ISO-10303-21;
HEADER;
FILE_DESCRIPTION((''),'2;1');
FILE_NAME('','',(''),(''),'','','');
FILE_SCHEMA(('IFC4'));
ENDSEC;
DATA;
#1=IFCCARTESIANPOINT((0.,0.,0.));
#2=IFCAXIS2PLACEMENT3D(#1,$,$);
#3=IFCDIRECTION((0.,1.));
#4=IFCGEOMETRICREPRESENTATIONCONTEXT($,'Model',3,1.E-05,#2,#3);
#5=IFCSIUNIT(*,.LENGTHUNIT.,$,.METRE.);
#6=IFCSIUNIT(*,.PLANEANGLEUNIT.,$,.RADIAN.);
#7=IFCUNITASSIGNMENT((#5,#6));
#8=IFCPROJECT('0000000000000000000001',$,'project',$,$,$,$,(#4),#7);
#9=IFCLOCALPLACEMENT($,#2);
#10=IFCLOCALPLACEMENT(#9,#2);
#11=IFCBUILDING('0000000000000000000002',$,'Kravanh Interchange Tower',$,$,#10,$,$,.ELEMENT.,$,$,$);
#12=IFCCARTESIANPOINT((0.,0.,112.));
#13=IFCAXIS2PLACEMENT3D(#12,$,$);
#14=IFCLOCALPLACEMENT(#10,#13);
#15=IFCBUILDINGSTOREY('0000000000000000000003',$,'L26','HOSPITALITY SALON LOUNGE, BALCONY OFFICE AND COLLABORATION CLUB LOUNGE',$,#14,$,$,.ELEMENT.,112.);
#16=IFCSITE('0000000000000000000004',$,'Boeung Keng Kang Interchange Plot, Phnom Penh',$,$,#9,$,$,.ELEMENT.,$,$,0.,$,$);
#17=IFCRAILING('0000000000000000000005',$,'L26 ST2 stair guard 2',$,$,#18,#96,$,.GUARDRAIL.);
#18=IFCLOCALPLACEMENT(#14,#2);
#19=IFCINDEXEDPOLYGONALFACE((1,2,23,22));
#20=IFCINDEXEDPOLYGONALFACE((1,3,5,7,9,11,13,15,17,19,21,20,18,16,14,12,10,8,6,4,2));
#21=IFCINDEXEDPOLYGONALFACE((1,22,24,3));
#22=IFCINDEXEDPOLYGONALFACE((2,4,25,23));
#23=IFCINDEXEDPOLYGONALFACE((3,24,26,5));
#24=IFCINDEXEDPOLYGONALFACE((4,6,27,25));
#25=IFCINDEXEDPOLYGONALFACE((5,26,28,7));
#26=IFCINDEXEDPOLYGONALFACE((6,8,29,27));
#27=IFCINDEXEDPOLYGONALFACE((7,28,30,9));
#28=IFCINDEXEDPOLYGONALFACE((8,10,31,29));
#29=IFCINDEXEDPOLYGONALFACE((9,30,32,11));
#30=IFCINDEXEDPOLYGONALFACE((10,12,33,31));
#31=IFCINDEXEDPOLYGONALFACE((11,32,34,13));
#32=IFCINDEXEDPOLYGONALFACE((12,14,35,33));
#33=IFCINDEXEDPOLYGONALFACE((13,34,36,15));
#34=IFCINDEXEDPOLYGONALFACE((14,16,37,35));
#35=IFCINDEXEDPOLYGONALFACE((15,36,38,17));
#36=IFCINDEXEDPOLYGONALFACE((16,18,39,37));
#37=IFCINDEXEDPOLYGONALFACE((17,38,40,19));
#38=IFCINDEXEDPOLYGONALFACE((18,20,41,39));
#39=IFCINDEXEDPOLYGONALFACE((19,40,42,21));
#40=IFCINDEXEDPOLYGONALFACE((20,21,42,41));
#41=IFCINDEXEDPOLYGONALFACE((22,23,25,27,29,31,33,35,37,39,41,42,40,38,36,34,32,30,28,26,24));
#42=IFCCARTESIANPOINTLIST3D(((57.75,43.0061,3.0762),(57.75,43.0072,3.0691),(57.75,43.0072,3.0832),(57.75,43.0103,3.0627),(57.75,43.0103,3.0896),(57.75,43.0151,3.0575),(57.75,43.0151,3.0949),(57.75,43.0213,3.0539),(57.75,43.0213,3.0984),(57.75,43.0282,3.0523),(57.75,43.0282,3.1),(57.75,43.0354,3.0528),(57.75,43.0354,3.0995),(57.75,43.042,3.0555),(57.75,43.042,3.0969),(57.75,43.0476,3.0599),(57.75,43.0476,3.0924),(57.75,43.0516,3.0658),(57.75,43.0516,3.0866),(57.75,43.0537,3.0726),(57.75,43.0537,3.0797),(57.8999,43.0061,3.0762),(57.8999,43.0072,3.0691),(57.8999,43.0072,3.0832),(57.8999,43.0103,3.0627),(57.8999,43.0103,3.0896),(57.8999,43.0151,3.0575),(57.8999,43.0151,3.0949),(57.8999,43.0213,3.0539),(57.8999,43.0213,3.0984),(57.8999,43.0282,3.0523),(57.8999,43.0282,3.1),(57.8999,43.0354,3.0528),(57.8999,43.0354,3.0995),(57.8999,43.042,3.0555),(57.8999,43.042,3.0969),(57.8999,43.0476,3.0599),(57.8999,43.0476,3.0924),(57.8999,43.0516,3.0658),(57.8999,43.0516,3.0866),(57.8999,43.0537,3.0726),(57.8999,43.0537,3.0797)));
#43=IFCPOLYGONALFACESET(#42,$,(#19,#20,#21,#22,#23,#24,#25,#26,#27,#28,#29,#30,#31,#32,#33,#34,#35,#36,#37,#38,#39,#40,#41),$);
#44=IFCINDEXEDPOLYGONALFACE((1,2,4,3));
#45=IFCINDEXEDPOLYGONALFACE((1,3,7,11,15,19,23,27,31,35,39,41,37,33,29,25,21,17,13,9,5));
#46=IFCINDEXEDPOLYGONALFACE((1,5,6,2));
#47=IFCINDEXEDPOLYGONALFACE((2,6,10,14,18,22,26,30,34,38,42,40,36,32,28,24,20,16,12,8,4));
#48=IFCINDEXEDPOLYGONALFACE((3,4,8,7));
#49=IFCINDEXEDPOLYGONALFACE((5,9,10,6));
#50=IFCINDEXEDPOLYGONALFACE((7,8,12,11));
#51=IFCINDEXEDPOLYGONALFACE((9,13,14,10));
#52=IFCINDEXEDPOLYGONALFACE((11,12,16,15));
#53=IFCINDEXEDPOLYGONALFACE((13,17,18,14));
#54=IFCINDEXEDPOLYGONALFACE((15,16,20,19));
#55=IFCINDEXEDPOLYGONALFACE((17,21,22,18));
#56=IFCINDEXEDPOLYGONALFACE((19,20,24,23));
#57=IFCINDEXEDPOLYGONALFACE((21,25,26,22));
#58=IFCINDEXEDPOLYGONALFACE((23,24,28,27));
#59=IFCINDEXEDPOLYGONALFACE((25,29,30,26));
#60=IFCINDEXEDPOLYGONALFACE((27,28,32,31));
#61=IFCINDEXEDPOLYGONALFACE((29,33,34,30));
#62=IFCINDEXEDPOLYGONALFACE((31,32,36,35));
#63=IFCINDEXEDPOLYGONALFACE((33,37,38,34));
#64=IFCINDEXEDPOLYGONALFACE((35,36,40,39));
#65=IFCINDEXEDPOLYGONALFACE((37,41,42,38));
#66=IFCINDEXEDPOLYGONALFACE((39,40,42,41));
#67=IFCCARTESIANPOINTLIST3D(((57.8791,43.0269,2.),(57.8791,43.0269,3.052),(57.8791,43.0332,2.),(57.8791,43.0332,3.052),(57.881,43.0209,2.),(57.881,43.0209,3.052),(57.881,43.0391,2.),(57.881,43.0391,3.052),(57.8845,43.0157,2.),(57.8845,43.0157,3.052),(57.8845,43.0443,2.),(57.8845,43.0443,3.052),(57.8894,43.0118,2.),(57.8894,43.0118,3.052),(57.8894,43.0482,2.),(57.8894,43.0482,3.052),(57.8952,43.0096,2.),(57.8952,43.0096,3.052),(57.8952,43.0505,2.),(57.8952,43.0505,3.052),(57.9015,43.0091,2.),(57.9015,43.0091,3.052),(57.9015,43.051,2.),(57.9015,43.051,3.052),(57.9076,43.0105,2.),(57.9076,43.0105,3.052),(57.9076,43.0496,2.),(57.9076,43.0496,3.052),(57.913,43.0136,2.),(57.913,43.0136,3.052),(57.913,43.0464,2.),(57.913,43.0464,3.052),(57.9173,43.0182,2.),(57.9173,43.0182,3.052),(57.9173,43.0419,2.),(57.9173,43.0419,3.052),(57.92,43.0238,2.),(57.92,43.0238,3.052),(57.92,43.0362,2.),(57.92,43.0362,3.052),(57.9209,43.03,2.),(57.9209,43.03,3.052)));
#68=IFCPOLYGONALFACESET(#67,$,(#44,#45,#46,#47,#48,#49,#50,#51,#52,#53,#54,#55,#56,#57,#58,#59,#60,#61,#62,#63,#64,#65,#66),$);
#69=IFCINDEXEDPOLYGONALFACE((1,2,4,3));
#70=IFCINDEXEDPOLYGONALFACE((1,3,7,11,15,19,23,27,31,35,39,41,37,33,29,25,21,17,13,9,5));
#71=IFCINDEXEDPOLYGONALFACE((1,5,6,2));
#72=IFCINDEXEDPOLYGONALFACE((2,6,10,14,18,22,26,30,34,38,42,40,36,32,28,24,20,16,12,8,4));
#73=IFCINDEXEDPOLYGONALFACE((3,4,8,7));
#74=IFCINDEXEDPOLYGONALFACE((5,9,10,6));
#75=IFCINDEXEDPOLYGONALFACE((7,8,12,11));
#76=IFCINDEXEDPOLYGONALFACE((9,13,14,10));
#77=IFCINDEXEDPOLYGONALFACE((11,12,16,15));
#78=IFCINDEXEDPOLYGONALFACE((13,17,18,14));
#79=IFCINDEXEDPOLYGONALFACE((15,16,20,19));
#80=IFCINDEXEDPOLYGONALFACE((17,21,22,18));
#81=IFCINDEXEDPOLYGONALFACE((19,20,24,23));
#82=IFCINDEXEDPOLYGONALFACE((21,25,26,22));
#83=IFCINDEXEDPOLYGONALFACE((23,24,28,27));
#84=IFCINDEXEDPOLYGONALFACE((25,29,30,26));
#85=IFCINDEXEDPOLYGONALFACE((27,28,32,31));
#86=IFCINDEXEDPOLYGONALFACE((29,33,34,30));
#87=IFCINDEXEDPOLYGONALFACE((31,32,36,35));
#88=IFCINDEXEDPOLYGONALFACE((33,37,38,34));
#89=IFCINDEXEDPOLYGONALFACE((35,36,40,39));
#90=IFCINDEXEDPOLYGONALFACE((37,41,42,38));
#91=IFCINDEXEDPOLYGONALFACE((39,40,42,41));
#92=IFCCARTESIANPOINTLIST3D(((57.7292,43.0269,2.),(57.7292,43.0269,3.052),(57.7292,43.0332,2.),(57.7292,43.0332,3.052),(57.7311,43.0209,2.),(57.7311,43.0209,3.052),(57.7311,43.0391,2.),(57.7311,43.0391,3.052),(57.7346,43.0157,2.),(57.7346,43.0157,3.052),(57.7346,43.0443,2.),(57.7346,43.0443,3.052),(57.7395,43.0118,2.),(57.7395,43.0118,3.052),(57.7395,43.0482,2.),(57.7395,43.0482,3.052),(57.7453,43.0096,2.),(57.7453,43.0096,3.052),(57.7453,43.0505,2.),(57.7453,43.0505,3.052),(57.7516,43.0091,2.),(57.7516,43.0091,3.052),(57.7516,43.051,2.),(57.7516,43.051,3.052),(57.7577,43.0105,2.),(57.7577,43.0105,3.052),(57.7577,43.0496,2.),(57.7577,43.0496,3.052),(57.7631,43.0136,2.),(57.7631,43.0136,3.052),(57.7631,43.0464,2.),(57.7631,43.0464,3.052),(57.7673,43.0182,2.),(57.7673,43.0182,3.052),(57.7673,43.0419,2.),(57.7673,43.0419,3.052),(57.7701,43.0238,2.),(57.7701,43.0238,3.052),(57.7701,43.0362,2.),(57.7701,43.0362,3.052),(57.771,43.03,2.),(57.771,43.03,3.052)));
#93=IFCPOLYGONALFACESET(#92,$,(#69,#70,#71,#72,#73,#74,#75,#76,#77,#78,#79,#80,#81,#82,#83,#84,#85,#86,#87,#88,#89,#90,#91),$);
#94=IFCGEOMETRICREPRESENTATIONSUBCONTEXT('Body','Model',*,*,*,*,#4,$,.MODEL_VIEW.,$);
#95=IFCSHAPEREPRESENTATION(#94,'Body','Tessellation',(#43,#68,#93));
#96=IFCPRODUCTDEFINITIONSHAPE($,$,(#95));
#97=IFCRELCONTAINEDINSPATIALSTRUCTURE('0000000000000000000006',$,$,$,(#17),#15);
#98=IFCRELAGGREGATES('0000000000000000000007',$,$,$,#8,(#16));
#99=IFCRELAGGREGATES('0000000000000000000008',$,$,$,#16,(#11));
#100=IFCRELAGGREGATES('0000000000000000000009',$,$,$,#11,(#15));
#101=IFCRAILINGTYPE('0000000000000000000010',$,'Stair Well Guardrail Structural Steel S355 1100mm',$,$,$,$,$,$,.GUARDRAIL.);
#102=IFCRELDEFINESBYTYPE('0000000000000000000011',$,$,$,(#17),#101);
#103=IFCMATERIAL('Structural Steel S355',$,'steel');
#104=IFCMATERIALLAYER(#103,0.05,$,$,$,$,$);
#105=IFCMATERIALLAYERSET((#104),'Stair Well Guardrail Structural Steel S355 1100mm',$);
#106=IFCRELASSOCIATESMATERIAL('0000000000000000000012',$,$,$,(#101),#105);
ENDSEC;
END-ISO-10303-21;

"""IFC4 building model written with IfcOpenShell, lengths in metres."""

from ifc_helpers import new_model, si_unit, direction, frame, origin, origin_2d, place, context, subcontext, project, spatial, circle, extrude, material, layer, layer_set, type_object, element, save


model = new_model("IFC4")

# Units and contexts
model_context = context("Model", 3, precision=1e-05, world=origin(), true_north=direction((0.0, 1.0)))
body_context = subcontext(model_context, "Body", "Model", "MODEL_VIEW")
ifc_project = project(units=[si_unit("LENGTHUNIT", "METRE"), si_unit("PLANEANGLEUNIT", "RADIAN")], contexts=[model_context])

# Site, building, storey
site_placement = place(None, origin())
site = spatial("IfcSite", under=ifc_project, at=site_placement, Name="Boeung Keng Kang Interchange Plot, Phnom Penh", CompositionType="ELEMENT", RefElevation=0.0)
building_placement = place(site_placement, origin())
building = spatial("IfcBuilding", under=site, at=building_placement, Name="Kravanh Interchange Tower", CompositionType="ELEMENT")
storey_placement = place(building_placement, frame((0.0, 0.0, 112.0)))
storey = spatial("IfcBuildingStorey", under=building, at=storey_placement, Name="L26", Description="HOSPITALITY SALON LOUNGE, BALCONY OFFICE AND COLLABORATION CLUB LOUNGE", CompositionType="ELEMENT", Elevation=112.0)

# Railing
ifc_material_1 = material(Name="Structural Steel S355", Category="steel")
ifc_layer_1 = layer(ifc_material_1, 0.05)
ifc_layer_set_1 = layer_set([ifc_layer_1], Name="Stair Well Guardrail Structural Steel S355 1100mm")
railing_type_1 = type_object("IfcRailingType", Name="Stair Well Guardrail Structural Steel S355 1100mm", PredefinedType="GUARDRAIL", material=ifc_layer_set_1)
railing_1_placement = place(storey_placement, frame((57.8999, 43.03, 2.0)))
element("IfcRailing", 1, at=railing_1_placement, inside=storey, type_object=railing_type_1, Name="L26 ST2 stair guard 2", PredefinedType="GUARDRAIL", context=body_context, shape_type="SweptSolid", body=[
    extrude(circle(Radius=0.0239, at=origin_2d()), frame((0.0, 0.0, 1.0762), z_axis=(-1.0, 0.0, 0.0), x_axis=(0.0, -1.0, 0.0)), (0.0, 0.0, 1.0), 0.1499),
    extrude(circle(Radius=0.021, at=origin_2d()), origin(), (0.0, 0.0, 1.0), 1.052),
    extrude(circle(Radius=0.021, at=origin_2d()), frame((-0.1499, 0.0, 0.0)), (0.0, 0.0, 1.0), 1.052),
])

save(model, "model.ifc")
